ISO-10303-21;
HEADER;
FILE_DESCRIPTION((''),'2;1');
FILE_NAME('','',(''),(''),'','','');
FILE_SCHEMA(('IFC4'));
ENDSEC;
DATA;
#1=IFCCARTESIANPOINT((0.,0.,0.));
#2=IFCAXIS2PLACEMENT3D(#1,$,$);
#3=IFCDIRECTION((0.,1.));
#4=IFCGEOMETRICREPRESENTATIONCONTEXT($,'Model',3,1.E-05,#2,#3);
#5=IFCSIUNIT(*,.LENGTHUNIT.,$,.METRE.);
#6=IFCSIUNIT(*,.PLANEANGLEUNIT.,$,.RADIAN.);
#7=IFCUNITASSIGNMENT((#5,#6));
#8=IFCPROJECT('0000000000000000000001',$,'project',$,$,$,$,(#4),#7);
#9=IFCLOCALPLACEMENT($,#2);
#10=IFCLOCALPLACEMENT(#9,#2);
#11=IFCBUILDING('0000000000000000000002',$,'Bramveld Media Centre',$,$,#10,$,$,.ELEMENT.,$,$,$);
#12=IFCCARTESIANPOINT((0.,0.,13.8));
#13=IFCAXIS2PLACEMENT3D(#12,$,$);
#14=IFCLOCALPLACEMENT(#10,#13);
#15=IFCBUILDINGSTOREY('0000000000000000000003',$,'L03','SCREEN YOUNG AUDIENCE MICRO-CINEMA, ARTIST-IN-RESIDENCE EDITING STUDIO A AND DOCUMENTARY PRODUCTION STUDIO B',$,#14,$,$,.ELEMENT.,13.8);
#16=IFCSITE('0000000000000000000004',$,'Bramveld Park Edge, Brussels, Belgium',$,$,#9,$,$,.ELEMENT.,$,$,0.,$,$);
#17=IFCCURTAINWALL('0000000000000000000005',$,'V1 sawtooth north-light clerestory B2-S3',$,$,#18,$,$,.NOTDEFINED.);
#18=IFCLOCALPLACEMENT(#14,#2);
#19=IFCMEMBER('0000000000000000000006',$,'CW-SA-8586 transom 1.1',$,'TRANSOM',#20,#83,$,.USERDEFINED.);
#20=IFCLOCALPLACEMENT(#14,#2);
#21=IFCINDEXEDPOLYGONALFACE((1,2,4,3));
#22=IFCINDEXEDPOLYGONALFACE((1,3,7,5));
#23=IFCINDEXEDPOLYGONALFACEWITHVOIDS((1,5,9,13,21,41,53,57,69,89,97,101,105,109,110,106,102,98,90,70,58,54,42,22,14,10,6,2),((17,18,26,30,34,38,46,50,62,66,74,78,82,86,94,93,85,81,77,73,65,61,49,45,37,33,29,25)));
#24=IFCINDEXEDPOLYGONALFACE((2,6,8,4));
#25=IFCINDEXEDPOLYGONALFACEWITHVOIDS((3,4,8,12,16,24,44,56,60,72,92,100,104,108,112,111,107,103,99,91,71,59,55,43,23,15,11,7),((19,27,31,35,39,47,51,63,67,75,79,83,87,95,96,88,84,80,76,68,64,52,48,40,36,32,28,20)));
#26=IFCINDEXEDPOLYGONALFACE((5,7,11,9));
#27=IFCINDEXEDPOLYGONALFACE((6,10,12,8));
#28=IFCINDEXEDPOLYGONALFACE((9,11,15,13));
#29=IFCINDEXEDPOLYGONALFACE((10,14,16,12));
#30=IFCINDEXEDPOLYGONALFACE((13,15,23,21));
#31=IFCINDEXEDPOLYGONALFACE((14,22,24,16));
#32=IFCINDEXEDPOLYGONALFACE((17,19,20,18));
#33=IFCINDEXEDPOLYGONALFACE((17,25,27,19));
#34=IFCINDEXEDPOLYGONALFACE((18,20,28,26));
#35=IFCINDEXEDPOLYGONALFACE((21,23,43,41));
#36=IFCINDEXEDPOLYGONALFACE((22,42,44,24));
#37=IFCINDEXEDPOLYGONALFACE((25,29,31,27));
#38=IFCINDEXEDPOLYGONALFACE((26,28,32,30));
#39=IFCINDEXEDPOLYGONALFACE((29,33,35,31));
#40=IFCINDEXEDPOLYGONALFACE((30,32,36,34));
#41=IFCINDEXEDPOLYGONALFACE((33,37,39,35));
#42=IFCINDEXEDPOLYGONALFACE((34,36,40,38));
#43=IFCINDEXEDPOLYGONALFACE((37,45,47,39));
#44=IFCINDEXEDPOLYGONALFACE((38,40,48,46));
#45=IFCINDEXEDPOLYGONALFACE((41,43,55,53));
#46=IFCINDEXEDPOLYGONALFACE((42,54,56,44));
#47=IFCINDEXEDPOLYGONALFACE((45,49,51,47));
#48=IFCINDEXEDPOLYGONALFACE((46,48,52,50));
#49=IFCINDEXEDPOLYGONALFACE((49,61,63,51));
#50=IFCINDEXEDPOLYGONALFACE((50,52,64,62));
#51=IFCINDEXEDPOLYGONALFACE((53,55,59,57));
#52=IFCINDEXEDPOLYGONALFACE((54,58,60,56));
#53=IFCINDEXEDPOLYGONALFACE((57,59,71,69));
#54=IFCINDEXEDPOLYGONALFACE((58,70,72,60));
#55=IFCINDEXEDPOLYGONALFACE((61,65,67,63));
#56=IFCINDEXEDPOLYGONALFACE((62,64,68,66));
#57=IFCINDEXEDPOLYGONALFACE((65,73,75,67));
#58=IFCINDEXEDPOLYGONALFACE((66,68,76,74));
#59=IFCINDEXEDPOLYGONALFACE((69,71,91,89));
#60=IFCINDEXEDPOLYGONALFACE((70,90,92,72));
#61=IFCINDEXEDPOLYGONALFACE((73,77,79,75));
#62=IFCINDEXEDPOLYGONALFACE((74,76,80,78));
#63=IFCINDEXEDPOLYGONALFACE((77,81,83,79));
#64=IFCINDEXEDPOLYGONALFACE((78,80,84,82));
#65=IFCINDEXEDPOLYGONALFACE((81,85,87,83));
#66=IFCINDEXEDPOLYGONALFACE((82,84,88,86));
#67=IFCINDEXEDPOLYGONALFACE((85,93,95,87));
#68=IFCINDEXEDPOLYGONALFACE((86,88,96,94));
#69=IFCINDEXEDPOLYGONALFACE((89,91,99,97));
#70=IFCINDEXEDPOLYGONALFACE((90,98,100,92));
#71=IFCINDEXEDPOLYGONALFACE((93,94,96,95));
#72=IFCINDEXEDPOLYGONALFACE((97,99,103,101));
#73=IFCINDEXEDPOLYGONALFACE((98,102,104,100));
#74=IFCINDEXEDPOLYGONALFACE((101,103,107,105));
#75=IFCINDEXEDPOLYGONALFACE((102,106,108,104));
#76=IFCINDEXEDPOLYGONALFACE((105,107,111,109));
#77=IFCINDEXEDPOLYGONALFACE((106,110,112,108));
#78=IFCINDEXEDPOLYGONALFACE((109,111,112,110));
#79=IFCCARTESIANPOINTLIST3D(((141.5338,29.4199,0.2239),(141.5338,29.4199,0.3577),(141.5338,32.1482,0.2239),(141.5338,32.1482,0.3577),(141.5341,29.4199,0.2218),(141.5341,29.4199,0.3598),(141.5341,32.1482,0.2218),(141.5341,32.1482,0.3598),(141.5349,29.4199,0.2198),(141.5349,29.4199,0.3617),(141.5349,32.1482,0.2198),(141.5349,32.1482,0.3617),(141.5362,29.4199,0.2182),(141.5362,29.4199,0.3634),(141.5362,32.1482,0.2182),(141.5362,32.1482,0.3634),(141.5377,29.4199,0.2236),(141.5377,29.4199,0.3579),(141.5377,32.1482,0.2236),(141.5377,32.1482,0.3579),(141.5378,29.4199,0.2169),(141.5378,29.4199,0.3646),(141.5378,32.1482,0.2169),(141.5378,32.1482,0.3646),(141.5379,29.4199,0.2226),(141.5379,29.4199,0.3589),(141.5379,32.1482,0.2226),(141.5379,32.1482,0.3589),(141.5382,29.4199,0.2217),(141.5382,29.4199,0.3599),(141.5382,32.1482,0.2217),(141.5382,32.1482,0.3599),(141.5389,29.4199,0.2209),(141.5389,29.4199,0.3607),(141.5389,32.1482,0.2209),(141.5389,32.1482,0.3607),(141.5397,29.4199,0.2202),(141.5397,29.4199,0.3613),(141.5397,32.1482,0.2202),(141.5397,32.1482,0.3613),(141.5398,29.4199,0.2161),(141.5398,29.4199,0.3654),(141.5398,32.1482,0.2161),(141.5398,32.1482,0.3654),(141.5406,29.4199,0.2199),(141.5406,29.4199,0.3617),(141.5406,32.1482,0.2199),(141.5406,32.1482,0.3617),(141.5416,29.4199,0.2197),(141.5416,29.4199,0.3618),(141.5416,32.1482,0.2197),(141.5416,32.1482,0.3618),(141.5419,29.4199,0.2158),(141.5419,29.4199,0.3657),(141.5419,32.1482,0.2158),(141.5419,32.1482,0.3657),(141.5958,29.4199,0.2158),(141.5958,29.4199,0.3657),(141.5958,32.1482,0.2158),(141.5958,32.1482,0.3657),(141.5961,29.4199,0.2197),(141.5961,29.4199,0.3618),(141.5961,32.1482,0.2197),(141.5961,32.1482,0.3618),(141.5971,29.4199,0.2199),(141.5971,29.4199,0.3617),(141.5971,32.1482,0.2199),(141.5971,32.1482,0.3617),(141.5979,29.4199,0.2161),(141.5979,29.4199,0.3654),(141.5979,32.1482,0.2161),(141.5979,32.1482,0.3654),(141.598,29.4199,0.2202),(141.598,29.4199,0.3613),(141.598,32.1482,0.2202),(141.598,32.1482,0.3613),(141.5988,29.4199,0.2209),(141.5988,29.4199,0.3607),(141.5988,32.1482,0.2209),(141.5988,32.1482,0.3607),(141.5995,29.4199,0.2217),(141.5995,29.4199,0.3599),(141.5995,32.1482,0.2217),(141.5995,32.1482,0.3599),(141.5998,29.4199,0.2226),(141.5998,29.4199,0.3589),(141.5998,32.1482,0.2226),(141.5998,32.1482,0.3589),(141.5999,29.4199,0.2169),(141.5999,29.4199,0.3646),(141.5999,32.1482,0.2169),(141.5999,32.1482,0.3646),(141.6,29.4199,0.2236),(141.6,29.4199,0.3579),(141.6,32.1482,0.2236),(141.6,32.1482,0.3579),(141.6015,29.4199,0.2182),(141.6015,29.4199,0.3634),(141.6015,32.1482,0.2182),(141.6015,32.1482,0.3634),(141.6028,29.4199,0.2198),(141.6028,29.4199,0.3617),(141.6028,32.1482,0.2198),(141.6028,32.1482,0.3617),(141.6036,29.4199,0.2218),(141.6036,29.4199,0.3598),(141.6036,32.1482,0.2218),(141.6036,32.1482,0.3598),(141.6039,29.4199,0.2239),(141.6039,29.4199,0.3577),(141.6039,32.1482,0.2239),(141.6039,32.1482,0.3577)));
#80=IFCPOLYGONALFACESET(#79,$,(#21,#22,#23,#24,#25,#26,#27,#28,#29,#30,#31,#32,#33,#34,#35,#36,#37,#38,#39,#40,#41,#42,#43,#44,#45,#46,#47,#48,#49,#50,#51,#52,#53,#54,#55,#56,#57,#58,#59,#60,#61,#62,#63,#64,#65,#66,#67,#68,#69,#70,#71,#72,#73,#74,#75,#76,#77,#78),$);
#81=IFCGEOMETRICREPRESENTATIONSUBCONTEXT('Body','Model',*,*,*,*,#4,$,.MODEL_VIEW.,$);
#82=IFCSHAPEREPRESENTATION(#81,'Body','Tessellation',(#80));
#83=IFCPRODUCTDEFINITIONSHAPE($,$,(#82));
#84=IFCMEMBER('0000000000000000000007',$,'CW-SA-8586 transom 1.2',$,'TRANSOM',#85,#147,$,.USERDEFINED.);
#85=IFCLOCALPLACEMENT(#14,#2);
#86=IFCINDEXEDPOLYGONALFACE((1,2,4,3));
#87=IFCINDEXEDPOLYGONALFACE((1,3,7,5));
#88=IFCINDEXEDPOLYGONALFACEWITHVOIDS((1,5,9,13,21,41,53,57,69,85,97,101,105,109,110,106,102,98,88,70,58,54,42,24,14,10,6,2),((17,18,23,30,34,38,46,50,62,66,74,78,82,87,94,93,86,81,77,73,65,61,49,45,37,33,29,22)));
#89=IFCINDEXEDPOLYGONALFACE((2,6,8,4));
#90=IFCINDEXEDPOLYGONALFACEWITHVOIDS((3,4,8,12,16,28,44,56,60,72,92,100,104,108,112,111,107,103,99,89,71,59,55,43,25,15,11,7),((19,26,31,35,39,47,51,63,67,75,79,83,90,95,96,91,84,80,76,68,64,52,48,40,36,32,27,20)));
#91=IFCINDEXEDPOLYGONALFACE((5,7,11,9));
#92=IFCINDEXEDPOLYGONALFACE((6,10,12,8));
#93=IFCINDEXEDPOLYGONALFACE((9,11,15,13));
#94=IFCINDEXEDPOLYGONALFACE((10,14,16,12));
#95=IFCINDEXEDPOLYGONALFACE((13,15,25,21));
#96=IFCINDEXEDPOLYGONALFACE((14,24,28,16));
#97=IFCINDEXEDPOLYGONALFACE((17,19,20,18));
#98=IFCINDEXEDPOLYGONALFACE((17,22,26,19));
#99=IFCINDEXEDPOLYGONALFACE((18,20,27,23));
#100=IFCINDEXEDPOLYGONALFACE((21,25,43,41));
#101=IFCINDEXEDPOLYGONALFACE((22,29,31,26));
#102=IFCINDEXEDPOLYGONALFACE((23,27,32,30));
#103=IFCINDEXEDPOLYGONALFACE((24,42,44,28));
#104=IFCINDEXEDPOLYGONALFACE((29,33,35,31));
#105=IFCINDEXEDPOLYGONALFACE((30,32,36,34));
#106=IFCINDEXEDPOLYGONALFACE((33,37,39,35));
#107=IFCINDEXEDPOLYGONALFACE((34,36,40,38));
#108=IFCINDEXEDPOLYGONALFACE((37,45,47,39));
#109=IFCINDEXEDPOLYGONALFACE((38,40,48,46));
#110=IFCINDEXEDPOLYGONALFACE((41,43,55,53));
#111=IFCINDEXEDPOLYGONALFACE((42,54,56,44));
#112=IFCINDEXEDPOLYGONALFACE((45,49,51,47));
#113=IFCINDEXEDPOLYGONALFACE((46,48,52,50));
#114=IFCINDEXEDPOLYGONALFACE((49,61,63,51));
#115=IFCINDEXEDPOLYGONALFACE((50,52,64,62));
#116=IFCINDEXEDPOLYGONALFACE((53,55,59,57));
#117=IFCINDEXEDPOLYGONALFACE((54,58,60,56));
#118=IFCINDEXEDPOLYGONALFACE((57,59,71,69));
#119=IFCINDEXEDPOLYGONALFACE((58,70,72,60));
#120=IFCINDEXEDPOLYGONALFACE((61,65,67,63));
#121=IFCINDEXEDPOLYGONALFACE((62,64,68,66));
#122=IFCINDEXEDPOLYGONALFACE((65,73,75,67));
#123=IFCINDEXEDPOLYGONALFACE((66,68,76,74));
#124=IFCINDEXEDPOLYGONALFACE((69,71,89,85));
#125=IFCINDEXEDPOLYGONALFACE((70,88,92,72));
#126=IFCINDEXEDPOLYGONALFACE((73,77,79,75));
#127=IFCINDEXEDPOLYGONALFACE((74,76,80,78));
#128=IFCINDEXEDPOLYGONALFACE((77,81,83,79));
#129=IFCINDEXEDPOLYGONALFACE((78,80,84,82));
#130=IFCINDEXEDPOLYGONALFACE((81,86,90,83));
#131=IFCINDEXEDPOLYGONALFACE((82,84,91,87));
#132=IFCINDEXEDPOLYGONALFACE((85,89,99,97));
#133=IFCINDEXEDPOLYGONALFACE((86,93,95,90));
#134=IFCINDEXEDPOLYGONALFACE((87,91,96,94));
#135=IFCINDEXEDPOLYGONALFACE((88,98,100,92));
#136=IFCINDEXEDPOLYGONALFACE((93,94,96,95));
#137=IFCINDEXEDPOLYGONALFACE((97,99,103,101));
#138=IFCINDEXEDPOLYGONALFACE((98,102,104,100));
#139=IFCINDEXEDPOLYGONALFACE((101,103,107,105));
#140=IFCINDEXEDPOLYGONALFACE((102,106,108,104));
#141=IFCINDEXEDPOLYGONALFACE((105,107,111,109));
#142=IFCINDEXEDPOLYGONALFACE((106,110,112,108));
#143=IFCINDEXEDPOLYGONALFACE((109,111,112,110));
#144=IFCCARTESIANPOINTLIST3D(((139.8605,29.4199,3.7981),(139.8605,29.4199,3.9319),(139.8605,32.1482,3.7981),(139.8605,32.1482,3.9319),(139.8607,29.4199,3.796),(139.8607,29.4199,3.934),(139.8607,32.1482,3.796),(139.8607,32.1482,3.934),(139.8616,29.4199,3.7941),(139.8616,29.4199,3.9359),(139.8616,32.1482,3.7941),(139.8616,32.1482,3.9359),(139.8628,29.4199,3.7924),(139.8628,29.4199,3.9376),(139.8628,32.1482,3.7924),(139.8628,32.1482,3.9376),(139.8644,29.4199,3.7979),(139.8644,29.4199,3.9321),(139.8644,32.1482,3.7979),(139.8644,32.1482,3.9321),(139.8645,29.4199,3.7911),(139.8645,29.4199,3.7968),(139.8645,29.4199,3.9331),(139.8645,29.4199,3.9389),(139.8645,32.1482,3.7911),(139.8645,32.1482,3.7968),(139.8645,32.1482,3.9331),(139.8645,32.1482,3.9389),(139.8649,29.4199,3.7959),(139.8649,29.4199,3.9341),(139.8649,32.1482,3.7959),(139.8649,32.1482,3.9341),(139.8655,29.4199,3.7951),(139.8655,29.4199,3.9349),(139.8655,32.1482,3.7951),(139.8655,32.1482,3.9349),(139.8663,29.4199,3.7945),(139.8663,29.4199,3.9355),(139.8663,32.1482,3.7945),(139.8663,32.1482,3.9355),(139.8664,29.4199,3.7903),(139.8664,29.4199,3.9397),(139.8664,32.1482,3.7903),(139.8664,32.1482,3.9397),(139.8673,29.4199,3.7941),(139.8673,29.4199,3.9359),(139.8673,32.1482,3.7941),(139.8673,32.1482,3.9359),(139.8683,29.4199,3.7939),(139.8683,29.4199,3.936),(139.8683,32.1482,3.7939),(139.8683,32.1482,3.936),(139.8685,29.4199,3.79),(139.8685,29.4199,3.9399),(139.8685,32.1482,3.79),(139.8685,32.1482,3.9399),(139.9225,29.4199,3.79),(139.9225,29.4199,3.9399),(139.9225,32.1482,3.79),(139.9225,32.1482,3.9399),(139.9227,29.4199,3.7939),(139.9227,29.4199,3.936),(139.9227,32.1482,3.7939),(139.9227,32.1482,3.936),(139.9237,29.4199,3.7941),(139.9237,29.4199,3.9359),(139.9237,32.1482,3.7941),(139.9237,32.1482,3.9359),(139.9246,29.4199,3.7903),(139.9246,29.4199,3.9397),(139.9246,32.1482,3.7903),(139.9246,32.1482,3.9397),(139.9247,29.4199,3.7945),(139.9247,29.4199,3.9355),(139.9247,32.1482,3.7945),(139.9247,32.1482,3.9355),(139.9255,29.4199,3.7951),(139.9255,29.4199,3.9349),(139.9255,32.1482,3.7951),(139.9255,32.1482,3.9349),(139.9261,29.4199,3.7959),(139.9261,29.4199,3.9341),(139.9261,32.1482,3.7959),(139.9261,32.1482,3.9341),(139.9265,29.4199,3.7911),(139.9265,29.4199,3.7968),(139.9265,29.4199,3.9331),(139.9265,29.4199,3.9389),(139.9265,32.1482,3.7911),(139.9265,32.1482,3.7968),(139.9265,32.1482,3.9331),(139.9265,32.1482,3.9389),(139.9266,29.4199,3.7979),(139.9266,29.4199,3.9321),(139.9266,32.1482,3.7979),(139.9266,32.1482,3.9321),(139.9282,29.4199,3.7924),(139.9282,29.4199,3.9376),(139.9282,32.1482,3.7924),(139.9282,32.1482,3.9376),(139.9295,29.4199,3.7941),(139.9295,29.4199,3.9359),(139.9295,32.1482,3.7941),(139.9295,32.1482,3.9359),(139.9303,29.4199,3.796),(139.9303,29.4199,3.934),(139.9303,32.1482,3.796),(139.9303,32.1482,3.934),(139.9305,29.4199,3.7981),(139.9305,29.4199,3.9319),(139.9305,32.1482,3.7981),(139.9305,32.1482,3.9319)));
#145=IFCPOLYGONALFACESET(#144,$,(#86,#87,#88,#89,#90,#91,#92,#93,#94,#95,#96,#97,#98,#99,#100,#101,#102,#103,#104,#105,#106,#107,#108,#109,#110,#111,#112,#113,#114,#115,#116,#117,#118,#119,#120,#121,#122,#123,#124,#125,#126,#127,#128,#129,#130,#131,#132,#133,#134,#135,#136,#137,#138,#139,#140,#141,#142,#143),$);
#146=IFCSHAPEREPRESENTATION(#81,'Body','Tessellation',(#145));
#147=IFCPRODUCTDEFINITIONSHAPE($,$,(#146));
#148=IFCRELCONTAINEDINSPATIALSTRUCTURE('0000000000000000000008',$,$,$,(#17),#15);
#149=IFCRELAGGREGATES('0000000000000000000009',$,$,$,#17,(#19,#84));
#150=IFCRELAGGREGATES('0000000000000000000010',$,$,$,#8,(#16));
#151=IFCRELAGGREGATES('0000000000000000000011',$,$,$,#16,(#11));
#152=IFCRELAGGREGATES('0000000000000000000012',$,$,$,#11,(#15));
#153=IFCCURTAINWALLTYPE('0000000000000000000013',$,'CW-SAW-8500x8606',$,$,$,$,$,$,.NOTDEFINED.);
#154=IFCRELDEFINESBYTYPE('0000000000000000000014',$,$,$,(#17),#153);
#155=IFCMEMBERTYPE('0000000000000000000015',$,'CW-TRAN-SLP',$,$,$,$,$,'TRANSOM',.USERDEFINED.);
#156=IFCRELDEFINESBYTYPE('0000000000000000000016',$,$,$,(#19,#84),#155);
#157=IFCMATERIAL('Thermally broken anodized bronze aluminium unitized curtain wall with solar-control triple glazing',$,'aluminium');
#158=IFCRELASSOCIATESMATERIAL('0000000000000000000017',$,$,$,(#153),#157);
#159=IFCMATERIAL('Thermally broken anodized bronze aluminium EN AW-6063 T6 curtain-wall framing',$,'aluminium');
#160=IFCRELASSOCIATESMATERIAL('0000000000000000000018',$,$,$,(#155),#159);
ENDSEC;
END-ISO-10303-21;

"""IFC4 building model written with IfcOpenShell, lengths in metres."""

from ifc_helpers import new_model, si_unit, direction, frame, origin, origin_2d, place, context, subcontext, project, spatial, hollow_rectangle, extrude, material, material_profile, profile_set, type_object, element, aggregate, save


model = new_model("IFC4")

# Units and contexts
model_context = context("Model", 3, precision=1e-05, world=origin(), true_north=direction((0.0, 1.0)))
body_context = subcontext(model_context, "Body", "Model", "MODEL_VIEW")
ifc_project = project(units=[si_unit("LENGTHUNIT", "METRE"), si_unit("PLANEANGLEUNIT", "RADIAN")], contexts=[model_context])

# Site, building, storey
site_placement = place(None, origin())
site = spatial("IfcSite", under=ifc_project, at=site_placement, Name="Bramveld Park Edge, Brussels, Belgium", CompositionType="ELEMENT", RefElevation=0.0)
building_placement = place(site_placement, origin())
building = spatial("IfcBuilding", under=site, at=building_placement, Name="Bramveld Media Centre", CompositionType="ELEMENT")
storey_placement = place(building_placement, frame((0.0, 0.0, 13.8)))
storey = spatial("IfcBuildingStorey", under=building, at=storey_placement, Name="L03", Description="SCREEN YOUNG AUDIENCE MICRO-CINEMA, ARTIST-IN-RESIDENCE EDITING STUDIO A AND DOCUMENTARY PRODUCTION STUDIO B", CompositionType="ELEMENT", Elevation=13.8)

# Curtain wall
ifc_material_1 = material(Name="Thermally broken anodized bronze aluminium unitized curtain wall with solar-control triple glazing", Category="aluminium")
curtain_wall_type_1 = type_object("IfcCurtainWallType", Name="CW-SAW-8500x8606", PredefinedType="NOTDEFINED", material=ifc_material_1)
curtain_wall_1_placement = place(storey_placement, origin())
curtain_wall_1 = element("IfcCurtainWall", 1, at=curtain_wall_1_placement, inside=storey, type_object=curtain_wall_type_1, Name="V1 sawtooth north-light clerestory B2-S3", PredefinedType="NOTDEFINED")

# Members
ifc_material_2 = material(Name="Thermally broken anodized bronze aluminium EN AW-6063 T6 curtain-wall framing", Category="aluminium")
ifc_material_profile_1 = material_profile(ifc_material_2, hollow_rectangle(XDim=0.0701, YDim=0.1499, WallThickness=0.0039, InnerFilletRadius=0.0039, OuterFilletRadius=0.0081, at=origin_2d()), Name="AL-TRAN 70x150")
ifc_profile_set_1 = profile_set([ifc_material_profile_1], Name="Thermally broken anodized bronze aluminium EN AW-6063 T6 curtain-wall framing")
member_type_1 = type_object("IfcMemberType", Name="CW-TRAN-SLP", ElementType="TRANSOM", PredefinedType="USERDEFINED", material=ifc_profile_set_1)
member_1_placement = place(storey_placement, frame((141.5688, 29.4199, 0.2908), z_axis=(0.0, 1.0, 0.0), x_axis=(-1.0, 0.0, 0.0)))
member_1 = element("IfcMember", 2, at=member_1_placement, type_object=member_type_1, Name="CW-SA-8586 transom 1.1", ObjectType="TRANSOM", PredefinedType="USERDEFINED", context=body_context, shape_type="SweptSolid", body=[
    extrude(hollow_rectangle(XDim=0.0701, YDim=0.1499, WallThickness=0.0039, InnerFilletRadius=0.0039, OuterFilletRadius=0.0081, at=origin_2d()), origin(), (0.0, 0.0, 1.0), 2.7283),
])
member_2_placement = place(storey_placement, frame((139.8955, 29.4199, 3.865), z_axis=(0.0, 1.0, 0.0), x_axis=(-1.0, 0.0, 0.0)))
member_2 = element("IfcMember", 3, at=member_2_placement, type_object=member_type_1, Name="CW-SA-8586 transom 1.2", ObjectType="TRANSOM", PredefinedType="USERDEFINED", context=body_context, shape_type="SweptSolid", body=[
    extrude(hollow_rectangle(XDim=0.0701, YDim=0.1499, WallThickness=0.0039, InnerFilletRadius=0.0039, OuterFilletRadius=0.0081, at=origin_2d()), origin(), (0.0, 0.0, 1.0), 2.7283),
])

aggregate(curtain_wall_1, [member_1, member_2])

save(model, "model.ifc")
